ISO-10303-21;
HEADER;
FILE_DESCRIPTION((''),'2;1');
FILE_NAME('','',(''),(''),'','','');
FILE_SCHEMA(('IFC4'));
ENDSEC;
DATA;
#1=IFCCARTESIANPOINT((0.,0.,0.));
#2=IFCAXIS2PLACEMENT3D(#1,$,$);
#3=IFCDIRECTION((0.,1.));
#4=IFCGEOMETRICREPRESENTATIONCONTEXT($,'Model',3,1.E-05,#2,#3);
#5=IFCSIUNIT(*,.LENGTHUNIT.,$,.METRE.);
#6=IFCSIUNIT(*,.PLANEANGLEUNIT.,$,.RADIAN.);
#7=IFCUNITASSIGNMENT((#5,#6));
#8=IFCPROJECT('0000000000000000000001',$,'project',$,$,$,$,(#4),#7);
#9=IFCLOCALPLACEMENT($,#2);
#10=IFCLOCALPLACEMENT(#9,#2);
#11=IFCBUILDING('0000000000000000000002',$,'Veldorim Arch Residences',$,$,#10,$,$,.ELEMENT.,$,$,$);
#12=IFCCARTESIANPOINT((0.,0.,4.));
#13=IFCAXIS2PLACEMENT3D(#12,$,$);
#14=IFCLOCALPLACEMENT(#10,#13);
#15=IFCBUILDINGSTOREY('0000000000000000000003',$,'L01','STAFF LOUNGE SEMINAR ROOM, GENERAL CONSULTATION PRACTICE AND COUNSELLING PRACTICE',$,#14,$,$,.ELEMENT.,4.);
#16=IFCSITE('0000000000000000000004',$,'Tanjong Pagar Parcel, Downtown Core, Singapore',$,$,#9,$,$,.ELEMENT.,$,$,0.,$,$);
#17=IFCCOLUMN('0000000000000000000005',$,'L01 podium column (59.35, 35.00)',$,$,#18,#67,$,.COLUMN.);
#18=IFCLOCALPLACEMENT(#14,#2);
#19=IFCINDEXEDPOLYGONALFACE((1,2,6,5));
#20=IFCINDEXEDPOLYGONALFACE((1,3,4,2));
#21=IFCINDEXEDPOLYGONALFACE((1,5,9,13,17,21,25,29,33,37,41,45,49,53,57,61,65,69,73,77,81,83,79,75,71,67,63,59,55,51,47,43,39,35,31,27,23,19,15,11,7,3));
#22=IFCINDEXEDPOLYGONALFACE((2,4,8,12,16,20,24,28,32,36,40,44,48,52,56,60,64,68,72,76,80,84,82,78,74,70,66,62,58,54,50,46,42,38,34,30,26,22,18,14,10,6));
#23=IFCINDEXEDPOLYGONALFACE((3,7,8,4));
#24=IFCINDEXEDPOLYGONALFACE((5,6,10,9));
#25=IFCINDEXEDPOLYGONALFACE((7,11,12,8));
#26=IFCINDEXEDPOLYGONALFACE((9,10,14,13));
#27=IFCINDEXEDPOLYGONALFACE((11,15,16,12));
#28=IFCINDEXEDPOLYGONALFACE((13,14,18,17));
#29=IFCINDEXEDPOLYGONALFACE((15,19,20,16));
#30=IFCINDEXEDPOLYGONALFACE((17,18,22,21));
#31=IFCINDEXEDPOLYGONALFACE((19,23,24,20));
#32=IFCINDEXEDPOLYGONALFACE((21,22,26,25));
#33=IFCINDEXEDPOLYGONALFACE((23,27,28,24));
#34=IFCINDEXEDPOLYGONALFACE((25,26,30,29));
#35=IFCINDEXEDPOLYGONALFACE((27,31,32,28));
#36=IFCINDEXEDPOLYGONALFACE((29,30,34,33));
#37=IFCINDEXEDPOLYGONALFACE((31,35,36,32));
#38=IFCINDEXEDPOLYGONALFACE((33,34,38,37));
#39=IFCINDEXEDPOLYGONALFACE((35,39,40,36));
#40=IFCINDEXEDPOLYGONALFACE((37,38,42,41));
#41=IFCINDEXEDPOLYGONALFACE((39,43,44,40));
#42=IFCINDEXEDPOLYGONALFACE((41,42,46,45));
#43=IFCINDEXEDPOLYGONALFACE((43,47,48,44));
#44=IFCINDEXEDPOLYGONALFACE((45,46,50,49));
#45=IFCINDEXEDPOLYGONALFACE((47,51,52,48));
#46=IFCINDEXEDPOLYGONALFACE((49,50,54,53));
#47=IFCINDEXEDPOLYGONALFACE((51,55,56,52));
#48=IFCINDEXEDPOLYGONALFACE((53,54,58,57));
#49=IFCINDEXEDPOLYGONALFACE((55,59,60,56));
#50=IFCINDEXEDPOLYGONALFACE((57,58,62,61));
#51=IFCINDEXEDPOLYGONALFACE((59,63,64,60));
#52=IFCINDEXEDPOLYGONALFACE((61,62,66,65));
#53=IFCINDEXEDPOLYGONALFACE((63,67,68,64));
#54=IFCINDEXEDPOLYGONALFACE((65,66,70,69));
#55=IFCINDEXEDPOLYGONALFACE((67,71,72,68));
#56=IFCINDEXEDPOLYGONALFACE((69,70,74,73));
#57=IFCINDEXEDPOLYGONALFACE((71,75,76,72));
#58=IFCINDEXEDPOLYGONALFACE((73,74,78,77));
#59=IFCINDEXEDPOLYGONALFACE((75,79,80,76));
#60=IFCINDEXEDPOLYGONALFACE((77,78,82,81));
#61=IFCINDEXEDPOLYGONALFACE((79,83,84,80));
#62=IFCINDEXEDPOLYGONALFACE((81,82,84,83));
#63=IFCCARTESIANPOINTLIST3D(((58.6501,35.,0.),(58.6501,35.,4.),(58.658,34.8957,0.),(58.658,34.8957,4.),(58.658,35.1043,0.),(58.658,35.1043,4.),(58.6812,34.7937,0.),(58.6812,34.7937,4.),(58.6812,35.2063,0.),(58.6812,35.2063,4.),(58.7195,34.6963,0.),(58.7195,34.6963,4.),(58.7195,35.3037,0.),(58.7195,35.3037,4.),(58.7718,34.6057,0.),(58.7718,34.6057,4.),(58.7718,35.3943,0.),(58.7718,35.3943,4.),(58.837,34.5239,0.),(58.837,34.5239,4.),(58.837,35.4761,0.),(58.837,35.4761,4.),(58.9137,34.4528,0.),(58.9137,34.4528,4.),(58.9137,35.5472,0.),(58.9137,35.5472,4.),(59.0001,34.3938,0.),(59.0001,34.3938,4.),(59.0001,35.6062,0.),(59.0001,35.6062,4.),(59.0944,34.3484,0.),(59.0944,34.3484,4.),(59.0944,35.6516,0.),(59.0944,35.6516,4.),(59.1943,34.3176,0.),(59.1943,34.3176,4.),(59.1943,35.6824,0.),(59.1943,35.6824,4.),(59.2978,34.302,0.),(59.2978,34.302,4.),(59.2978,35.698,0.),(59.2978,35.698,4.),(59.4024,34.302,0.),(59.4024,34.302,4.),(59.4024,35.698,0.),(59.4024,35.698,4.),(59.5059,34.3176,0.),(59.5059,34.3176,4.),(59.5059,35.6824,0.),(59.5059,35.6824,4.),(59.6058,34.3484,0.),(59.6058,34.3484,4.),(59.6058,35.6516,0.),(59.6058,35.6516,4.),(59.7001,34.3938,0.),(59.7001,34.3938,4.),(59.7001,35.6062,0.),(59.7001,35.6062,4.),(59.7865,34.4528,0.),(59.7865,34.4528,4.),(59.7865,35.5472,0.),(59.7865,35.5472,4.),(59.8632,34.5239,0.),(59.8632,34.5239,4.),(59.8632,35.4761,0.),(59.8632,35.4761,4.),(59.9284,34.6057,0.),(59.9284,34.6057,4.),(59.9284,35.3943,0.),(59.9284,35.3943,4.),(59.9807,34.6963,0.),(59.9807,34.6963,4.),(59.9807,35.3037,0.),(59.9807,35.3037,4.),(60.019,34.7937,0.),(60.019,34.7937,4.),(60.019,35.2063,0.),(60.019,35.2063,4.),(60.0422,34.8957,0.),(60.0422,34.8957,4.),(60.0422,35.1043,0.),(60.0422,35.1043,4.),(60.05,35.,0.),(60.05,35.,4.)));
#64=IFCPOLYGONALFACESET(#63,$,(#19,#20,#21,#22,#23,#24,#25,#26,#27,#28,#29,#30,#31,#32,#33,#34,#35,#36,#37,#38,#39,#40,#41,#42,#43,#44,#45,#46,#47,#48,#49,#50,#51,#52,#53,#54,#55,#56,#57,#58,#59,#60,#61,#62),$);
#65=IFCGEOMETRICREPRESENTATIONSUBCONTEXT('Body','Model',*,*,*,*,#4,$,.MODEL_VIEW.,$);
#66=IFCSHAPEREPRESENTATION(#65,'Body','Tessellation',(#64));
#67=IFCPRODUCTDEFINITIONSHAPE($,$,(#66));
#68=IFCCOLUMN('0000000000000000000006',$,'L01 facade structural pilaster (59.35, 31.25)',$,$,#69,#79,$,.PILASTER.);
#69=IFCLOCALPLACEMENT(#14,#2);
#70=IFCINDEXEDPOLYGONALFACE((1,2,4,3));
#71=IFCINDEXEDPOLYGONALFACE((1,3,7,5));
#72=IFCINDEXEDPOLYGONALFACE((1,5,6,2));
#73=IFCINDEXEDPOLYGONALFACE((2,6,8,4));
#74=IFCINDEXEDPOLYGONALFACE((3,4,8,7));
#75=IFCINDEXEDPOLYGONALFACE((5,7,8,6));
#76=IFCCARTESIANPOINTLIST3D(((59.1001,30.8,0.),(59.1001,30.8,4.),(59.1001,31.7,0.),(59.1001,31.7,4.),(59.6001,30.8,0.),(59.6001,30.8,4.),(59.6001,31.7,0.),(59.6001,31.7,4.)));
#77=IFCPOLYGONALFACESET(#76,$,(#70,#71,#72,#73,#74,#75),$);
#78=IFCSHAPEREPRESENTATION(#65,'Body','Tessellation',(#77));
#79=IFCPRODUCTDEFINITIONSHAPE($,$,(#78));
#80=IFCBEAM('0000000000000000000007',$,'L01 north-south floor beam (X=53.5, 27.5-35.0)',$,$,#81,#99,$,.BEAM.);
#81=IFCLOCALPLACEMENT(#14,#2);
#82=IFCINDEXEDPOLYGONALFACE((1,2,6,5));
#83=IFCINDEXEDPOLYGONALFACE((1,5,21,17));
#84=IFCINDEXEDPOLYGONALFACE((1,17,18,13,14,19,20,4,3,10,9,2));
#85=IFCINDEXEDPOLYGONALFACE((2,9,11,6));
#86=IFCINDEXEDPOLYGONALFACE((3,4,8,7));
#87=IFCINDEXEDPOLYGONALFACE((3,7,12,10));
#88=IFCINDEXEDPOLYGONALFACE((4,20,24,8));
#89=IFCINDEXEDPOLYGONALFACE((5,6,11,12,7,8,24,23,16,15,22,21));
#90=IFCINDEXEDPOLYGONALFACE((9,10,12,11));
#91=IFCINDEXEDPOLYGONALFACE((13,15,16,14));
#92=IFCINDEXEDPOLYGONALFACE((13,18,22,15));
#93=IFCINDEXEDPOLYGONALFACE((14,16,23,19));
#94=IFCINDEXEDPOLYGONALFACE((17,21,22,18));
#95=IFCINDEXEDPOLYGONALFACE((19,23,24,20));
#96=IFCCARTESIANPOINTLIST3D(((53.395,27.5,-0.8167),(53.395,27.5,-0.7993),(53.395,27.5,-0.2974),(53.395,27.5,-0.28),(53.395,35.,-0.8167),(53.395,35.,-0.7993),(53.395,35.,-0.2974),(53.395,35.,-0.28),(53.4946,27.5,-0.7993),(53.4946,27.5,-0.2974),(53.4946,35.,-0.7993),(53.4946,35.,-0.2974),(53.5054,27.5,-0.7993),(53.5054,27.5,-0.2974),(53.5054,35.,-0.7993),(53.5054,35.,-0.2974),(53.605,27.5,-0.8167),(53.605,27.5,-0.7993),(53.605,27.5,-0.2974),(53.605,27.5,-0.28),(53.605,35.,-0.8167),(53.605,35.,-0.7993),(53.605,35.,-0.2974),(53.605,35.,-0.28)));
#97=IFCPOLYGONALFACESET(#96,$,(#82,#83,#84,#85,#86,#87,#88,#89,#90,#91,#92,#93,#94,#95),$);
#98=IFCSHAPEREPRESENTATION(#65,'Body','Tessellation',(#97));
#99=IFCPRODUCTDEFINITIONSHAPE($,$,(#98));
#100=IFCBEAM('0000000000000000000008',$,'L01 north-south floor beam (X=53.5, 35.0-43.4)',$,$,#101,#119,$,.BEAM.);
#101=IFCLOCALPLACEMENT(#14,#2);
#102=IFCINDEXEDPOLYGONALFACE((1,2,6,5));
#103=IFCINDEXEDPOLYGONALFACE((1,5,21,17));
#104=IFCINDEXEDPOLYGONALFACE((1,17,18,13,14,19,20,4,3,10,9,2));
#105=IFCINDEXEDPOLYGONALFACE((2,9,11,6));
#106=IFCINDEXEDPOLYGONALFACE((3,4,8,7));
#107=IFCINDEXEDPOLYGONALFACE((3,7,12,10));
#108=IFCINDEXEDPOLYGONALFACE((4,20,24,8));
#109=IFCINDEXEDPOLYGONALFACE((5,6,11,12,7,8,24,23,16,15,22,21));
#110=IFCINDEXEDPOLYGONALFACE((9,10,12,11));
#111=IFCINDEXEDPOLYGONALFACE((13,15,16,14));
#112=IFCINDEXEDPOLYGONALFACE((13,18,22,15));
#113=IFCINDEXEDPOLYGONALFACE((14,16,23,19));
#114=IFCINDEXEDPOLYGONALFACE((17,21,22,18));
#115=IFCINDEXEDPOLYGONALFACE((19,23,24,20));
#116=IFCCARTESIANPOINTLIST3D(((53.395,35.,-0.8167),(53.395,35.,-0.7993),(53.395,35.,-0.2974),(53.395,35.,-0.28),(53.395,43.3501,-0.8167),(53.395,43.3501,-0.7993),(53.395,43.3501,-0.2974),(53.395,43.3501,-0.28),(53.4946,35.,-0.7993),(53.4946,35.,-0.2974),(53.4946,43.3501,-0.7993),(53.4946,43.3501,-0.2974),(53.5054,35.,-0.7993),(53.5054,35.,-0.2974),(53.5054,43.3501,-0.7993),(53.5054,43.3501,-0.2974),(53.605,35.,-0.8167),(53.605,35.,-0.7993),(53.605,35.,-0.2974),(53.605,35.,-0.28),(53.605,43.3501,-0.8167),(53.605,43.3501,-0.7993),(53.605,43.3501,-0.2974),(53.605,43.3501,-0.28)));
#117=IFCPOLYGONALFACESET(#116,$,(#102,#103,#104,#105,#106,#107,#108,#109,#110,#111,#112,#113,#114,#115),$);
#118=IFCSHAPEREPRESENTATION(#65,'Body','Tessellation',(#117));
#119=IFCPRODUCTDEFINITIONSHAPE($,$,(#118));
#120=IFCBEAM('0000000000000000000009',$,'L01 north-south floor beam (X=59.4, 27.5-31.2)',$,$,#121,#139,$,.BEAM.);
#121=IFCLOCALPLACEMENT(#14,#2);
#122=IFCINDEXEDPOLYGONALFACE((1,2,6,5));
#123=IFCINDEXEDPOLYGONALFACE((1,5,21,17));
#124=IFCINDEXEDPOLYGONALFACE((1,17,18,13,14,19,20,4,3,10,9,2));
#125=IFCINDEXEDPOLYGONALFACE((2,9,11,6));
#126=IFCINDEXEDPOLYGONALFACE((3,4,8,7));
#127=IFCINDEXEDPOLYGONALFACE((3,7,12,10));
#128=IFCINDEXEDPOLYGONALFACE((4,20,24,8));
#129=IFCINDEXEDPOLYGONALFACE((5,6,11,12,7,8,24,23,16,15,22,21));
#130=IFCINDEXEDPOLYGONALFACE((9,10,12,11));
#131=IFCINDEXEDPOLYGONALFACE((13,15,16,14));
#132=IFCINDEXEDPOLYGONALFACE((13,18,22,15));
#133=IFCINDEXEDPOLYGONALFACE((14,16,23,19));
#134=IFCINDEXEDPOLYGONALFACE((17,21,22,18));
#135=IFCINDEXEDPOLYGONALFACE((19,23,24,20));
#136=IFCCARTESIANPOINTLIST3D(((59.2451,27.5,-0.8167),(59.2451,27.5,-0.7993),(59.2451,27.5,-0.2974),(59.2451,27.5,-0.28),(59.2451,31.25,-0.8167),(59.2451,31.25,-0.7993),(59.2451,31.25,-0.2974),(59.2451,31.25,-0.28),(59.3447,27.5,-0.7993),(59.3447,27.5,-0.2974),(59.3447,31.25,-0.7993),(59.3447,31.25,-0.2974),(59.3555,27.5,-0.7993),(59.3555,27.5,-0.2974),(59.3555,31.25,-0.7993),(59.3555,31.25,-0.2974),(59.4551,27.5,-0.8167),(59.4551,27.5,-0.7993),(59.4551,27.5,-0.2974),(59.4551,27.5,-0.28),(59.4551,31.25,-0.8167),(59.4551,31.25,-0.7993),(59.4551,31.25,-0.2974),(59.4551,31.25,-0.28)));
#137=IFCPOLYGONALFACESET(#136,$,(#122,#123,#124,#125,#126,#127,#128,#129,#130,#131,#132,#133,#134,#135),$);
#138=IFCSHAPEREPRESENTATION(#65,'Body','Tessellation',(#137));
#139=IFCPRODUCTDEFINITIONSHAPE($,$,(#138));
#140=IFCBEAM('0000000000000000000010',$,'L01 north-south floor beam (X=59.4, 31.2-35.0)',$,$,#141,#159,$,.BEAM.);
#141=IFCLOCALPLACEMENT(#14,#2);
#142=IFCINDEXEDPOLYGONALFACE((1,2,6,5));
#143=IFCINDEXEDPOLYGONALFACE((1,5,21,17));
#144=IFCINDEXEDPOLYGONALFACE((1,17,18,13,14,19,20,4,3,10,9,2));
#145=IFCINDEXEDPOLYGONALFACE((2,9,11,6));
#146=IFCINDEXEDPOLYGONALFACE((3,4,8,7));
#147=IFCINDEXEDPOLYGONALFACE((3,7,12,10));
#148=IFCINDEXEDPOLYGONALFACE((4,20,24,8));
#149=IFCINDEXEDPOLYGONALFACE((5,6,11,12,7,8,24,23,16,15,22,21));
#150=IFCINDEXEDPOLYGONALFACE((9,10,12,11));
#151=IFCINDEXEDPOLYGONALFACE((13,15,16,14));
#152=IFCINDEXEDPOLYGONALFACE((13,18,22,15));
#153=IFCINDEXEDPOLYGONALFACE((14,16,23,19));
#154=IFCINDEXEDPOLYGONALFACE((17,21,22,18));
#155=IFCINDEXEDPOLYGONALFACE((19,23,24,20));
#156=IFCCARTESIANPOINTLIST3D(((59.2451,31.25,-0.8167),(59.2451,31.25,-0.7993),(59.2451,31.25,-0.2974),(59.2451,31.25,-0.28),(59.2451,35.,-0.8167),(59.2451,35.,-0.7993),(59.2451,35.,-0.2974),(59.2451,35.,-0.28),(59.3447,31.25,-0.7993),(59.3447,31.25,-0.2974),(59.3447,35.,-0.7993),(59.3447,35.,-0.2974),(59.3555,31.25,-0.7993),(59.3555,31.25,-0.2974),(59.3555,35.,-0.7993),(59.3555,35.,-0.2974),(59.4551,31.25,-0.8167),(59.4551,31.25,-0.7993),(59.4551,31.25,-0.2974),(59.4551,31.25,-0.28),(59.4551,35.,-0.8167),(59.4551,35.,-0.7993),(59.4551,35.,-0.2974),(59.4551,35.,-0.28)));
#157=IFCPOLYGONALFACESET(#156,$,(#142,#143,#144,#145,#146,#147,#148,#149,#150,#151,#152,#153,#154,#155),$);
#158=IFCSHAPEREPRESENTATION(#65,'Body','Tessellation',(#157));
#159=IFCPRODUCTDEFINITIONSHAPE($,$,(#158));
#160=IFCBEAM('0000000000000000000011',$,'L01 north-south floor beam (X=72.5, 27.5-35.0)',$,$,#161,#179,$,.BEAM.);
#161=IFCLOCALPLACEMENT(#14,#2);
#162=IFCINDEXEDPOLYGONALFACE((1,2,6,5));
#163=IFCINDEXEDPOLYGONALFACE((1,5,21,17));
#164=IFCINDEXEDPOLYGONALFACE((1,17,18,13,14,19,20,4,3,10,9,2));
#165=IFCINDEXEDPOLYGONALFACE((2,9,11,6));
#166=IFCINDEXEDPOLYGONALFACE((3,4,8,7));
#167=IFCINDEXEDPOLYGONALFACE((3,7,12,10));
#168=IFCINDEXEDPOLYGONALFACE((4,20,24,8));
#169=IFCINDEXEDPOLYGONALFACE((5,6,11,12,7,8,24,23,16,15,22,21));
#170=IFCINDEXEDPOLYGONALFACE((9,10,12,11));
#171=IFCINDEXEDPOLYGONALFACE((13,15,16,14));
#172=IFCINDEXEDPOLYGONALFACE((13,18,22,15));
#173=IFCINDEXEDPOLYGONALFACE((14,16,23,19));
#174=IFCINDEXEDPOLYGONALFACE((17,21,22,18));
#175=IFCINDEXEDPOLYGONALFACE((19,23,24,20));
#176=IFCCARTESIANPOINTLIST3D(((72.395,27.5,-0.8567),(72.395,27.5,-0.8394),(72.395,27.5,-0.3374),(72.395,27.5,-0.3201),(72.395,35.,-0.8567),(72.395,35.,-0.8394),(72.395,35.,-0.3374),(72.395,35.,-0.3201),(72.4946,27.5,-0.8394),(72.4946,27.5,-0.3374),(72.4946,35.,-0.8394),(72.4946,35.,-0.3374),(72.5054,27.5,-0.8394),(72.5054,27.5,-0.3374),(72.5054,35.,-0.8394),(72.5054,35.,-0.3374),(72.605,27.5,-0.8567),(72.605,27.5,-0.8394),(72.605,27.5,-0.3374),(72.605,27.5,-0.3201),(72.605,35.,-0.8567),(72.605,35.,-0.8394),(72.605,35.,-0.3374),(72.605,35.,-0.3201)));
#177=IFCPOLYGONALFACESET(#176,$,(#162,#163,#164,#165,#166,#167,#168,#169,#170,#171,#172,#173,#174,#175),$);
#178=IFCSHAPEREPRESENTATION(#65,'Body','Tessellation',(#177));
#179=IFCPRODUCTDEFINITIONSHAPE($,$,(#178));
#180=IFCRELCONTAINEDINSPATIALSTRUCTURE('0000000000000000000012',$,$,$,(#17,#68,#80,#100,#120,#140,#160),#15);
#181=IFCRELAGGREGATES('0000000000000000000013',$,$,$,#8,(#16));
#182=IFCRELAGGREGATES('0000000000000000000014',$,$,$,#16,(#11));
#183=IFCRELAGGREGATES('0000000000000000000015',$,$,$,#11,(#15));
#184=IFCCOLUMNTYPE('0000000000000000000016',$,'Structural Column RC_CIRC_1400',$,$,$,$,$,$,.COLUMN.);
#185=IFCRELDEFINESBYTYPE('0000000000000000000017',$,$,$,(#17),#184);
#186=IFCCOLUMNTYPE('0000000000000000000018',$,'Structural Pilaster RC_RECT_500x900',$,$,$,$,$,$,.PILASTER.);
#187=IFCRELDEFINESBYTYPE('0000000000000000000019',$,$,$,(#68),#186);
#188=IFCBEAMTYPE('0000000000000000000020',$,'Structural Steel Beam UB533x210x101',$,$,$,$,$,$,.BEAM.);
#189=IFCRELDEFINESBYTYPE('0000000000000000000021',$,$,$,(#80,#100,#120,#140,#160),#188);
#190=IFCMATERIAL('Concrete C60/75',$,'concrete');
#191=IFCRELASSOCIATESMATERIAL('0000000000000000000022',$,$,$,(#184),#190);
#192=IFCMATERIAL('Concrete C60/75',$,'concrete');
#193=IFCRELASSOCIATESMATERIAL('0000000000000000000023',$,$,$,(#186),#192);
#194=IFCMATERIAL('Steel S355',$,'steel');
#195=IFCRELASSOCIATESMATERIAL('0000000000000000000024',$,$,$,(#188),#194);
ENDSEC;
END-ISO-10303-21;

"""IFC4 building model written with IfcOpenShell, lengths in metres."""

from ifc_helpers import new_model, si_unit, direction, frame, origin, origin_2d, place, context, subcontext, project, spatial, rectangle, circle, i_section, extrude, material, material_profile, profile_set, type_object, element, save


model = new_model("IFC4")

# Units and contexts
model_context = context("Model", 3, precision=1e-05, world=origin(), true_north=direction((0.0, 1.0)))
body_context = subcontext(model_context, "Body", "Model", "MODEL_VIEW")
ifc_project = project(units=[si_unit("LENGTHUNIT", "METRE"), si_unit("PLANEANGLEUNIT", "RADIAN")], contexts=[model_context])

# Site, building, storey
site_placement = place(None, origin())
site = spatial("IfcSite", under=ifc_project, at=site_placement, Name="Tanjong Pagar Parcel, Downtown Core, Singapore", CompositionType="ELEMENT", RefElevation=0.0)
building_placement = place(site_placement, origin())
building = spatial("IfcBuilding", under=site, at=building_placement, Name="Veldorim Arch Residences", CompositionType="ELEMENT")
storey_placement = place(building_placement, frame((0.0, 0.0, 4.0)))
storey = spatial("IfcBuildingStorey", under=building, at=storey_placement, Name="L01", Description="STAFF LOUNGE SEMINAR ROOM, GENERAL CONSULTATION PRACTICE AND COUNSELLING PRACTICE", CompositionType="ELEMENT", Elevation=4.0)

# Columns
ifc_material_1 = material(Name="Concrete C60/75", Category="concrete")
ifc_material_profile_1 = material_profile(ifc_material_1, circle(Radius=0.7, at=origin_2d()), Name="RC_CIRC_1400")
ifc_profile_set_1 = profile_set([ifc_material_profile_1], Name="Concrete C60/75")
column_type_1 = type_object("IfcColumnType", Name="Structural Column RC_CIRC_1400", PredefinedType="COLUMN", material=ifc_profile_set_1)
for number, where, z_axis, x_axis, name in (
    (1, (59.3501, 35.0, 0.0), (0.0, 0.0, 1.0), (1.0, 0.0, 0.0), "L01 podium column (59.35, 35.00)"),
):
    element("IfcColumn", number, at=place(storey_placement, frame(where, z_axis=z_axis, x_axis=x_axis)), inside=storey, type_object=column_type_1, Name=name, PredefinedType="COLUMN", context=body_context, shape_type="SweptSolid", body=[
        extrude(circle(Radius=0.7, at=origin_2d()), origin(), (0.0, 0.0, 1.0), 4.0),
    ])
ifc_material_2 = material(Name="Concrete C60/75", Category="concrete")
ifc_material_profile_2 = material_profile(ifc_material_2, rectangle(XDim=0.5, YDim=0.8999, at=origin_2d()), Name="RC_RECT_500x900")
ifc_profile_set_2 = profile_set([ifc_material_profile_2], Name="Concrete C60/75")
column_type_2 = type_object("IfcColumnType", Name="Structural Pilaster RC_RECT_500x900", PredefinedType="PILASTER", material=ifc_profile_set_2)
column_placement = place(storey_placement, frame((59.3501, 31.25, 0.0), z_axis=(0.0, 0.0, 1.0), x_axis=(1.0, 0.0, 0.0)))
element("IfcColumn", 2, at=column_placement, inside=storey, type_object=column_type_2, Name="L01 facade structural pilaster (59.35, 31.25)", PredefinedType="PILASTER", context=body_context, shape_type="SweptSolid", body=[
    extrude(rectangle(XDim=0.5, YDim=0.8999, at=origin_2d()), origin(), (0.0, 0.0, 1.0), 4.0),
])

# Beams
ifc_material_3 = material(Name="Steel S355", Category="steel")
ifc_material_profile_3 = material_profile(ifc_material_3, i_section(OverallWidth=0.21, OverallDepth=0.5366, WebThickness=0.0107, FlangeThickness=0.0173, at=origin_2d()), Name="UB533x210x101")
ifc_profile_set_3 = profile_set([ifc_material_profile_3], Name="Steel S355")
beam_type_1 = type_object("IfcBeamType", Name="Structural Steel Beam UB533x210x101", PredefinedType="BEAM", material=ifc_profile_set_3)
beam_1_placement = place(storey_placement, frame((53.5, 27.5, -0.5483), z_axis=(0.0, 1.0, 0.0), x_axis=(-1.0, 0.0, 0.0)))
element("IfcBeam", 3, at=beam_1_placement, inside=storey, type_object=beam_type_1, Name="L01 north-south floor beam (X=53.5, 27.5-35.0)", PredefinedType="BEAM", context=body_context, shape_type="SweptSolid", body=[
    extrude(i_section(OverallWidth=0.21, OverallDepth=0.5366, WebThickness=0.0107, FlangeThickness=0.0173, at=origin_2d()), origin(), (0.0, 0.0, 1.0), 7.5),
])
beam_2_placement = place(storey_placement, frame((53.5, 35.0, -0.5483), z_axis=(0.0, 1.0, 0.0), x_axis=(-1.0, 0.0, 0.0)))
element("IfcBeam", 4, at=beam_2_placement, inside=storey, type_object=beam_type_1, Name="L01 north-south floor beam (X=53.5, 35.0-43.4)", PredefinedType="BEAM", context=body_context, shape_type="SweptSolid", body=[
    extrude(i_section(OverallWidth=0.21, OverallDepth=0.5366, WebThickness=0.0107, FlangeThickness=0.0173, at=origin_2d()), origin(), (0.0, 0.0, 1.0), 8.3501),
])
for number, where, z_axis, x_axis, name in (
    (5, (59.3501, 27.5, -0.5483), (0.0, 1.0, 0.0), (-1.0, 0.0, 0.0), "L01 north-south floor beam (X=59.4, 27.5-31.2)"),
    (6, (59.3501, 31.25, -0.5483), (0.0, 1.0, 0.0), (-1.0, 0.0, 0.0), "L01 north-south floor beam (X=59.4, 31.2-35.0)"),
):
    element("IfcBeam", number, at=place(storey_placement, frame(where, z_axis=z_axis, x_axis=x_axis)), inside=storey, type_object=beam_type_1, Name=name, PredefinedType="BEAM", context=body_context, shape_type="SweptSolid", body=[
        extrude(i_section(OverallWidth=0.21, OverallDepth=0.5366, WebThickness=0.0107, FlangeThickness=0.0173, at=origin_2d()), origin(), (0.0, 0.0, 1.0), 3.75),
    ])
beam_3_placement = place(storey_placement, frame((72.5, 27.5, -0.5884), z_axis=(0.0, 1.0, 0.0), x_axis=(-1.0, 0.0, 0.0)))
element("IfcBeam", 7, at=beam_3_placement, inside=storey, type_object=beam_type_1, Name="L01 north-south floor beam (X=72.5, 27.5-35.0)", PredefinedType="BEAM", context=body_context, shape_type="SweptSolid", body=[
    extrude(i_section(OverallWidth=0.21, OverallDepth=0.5366, WebThickness=0.0107, FlangeThickness=0.0173, at=origin_2d()), origin(), (0.0, 0.0, 1.0), 7.5),
])

save(model, "model.ifc")
